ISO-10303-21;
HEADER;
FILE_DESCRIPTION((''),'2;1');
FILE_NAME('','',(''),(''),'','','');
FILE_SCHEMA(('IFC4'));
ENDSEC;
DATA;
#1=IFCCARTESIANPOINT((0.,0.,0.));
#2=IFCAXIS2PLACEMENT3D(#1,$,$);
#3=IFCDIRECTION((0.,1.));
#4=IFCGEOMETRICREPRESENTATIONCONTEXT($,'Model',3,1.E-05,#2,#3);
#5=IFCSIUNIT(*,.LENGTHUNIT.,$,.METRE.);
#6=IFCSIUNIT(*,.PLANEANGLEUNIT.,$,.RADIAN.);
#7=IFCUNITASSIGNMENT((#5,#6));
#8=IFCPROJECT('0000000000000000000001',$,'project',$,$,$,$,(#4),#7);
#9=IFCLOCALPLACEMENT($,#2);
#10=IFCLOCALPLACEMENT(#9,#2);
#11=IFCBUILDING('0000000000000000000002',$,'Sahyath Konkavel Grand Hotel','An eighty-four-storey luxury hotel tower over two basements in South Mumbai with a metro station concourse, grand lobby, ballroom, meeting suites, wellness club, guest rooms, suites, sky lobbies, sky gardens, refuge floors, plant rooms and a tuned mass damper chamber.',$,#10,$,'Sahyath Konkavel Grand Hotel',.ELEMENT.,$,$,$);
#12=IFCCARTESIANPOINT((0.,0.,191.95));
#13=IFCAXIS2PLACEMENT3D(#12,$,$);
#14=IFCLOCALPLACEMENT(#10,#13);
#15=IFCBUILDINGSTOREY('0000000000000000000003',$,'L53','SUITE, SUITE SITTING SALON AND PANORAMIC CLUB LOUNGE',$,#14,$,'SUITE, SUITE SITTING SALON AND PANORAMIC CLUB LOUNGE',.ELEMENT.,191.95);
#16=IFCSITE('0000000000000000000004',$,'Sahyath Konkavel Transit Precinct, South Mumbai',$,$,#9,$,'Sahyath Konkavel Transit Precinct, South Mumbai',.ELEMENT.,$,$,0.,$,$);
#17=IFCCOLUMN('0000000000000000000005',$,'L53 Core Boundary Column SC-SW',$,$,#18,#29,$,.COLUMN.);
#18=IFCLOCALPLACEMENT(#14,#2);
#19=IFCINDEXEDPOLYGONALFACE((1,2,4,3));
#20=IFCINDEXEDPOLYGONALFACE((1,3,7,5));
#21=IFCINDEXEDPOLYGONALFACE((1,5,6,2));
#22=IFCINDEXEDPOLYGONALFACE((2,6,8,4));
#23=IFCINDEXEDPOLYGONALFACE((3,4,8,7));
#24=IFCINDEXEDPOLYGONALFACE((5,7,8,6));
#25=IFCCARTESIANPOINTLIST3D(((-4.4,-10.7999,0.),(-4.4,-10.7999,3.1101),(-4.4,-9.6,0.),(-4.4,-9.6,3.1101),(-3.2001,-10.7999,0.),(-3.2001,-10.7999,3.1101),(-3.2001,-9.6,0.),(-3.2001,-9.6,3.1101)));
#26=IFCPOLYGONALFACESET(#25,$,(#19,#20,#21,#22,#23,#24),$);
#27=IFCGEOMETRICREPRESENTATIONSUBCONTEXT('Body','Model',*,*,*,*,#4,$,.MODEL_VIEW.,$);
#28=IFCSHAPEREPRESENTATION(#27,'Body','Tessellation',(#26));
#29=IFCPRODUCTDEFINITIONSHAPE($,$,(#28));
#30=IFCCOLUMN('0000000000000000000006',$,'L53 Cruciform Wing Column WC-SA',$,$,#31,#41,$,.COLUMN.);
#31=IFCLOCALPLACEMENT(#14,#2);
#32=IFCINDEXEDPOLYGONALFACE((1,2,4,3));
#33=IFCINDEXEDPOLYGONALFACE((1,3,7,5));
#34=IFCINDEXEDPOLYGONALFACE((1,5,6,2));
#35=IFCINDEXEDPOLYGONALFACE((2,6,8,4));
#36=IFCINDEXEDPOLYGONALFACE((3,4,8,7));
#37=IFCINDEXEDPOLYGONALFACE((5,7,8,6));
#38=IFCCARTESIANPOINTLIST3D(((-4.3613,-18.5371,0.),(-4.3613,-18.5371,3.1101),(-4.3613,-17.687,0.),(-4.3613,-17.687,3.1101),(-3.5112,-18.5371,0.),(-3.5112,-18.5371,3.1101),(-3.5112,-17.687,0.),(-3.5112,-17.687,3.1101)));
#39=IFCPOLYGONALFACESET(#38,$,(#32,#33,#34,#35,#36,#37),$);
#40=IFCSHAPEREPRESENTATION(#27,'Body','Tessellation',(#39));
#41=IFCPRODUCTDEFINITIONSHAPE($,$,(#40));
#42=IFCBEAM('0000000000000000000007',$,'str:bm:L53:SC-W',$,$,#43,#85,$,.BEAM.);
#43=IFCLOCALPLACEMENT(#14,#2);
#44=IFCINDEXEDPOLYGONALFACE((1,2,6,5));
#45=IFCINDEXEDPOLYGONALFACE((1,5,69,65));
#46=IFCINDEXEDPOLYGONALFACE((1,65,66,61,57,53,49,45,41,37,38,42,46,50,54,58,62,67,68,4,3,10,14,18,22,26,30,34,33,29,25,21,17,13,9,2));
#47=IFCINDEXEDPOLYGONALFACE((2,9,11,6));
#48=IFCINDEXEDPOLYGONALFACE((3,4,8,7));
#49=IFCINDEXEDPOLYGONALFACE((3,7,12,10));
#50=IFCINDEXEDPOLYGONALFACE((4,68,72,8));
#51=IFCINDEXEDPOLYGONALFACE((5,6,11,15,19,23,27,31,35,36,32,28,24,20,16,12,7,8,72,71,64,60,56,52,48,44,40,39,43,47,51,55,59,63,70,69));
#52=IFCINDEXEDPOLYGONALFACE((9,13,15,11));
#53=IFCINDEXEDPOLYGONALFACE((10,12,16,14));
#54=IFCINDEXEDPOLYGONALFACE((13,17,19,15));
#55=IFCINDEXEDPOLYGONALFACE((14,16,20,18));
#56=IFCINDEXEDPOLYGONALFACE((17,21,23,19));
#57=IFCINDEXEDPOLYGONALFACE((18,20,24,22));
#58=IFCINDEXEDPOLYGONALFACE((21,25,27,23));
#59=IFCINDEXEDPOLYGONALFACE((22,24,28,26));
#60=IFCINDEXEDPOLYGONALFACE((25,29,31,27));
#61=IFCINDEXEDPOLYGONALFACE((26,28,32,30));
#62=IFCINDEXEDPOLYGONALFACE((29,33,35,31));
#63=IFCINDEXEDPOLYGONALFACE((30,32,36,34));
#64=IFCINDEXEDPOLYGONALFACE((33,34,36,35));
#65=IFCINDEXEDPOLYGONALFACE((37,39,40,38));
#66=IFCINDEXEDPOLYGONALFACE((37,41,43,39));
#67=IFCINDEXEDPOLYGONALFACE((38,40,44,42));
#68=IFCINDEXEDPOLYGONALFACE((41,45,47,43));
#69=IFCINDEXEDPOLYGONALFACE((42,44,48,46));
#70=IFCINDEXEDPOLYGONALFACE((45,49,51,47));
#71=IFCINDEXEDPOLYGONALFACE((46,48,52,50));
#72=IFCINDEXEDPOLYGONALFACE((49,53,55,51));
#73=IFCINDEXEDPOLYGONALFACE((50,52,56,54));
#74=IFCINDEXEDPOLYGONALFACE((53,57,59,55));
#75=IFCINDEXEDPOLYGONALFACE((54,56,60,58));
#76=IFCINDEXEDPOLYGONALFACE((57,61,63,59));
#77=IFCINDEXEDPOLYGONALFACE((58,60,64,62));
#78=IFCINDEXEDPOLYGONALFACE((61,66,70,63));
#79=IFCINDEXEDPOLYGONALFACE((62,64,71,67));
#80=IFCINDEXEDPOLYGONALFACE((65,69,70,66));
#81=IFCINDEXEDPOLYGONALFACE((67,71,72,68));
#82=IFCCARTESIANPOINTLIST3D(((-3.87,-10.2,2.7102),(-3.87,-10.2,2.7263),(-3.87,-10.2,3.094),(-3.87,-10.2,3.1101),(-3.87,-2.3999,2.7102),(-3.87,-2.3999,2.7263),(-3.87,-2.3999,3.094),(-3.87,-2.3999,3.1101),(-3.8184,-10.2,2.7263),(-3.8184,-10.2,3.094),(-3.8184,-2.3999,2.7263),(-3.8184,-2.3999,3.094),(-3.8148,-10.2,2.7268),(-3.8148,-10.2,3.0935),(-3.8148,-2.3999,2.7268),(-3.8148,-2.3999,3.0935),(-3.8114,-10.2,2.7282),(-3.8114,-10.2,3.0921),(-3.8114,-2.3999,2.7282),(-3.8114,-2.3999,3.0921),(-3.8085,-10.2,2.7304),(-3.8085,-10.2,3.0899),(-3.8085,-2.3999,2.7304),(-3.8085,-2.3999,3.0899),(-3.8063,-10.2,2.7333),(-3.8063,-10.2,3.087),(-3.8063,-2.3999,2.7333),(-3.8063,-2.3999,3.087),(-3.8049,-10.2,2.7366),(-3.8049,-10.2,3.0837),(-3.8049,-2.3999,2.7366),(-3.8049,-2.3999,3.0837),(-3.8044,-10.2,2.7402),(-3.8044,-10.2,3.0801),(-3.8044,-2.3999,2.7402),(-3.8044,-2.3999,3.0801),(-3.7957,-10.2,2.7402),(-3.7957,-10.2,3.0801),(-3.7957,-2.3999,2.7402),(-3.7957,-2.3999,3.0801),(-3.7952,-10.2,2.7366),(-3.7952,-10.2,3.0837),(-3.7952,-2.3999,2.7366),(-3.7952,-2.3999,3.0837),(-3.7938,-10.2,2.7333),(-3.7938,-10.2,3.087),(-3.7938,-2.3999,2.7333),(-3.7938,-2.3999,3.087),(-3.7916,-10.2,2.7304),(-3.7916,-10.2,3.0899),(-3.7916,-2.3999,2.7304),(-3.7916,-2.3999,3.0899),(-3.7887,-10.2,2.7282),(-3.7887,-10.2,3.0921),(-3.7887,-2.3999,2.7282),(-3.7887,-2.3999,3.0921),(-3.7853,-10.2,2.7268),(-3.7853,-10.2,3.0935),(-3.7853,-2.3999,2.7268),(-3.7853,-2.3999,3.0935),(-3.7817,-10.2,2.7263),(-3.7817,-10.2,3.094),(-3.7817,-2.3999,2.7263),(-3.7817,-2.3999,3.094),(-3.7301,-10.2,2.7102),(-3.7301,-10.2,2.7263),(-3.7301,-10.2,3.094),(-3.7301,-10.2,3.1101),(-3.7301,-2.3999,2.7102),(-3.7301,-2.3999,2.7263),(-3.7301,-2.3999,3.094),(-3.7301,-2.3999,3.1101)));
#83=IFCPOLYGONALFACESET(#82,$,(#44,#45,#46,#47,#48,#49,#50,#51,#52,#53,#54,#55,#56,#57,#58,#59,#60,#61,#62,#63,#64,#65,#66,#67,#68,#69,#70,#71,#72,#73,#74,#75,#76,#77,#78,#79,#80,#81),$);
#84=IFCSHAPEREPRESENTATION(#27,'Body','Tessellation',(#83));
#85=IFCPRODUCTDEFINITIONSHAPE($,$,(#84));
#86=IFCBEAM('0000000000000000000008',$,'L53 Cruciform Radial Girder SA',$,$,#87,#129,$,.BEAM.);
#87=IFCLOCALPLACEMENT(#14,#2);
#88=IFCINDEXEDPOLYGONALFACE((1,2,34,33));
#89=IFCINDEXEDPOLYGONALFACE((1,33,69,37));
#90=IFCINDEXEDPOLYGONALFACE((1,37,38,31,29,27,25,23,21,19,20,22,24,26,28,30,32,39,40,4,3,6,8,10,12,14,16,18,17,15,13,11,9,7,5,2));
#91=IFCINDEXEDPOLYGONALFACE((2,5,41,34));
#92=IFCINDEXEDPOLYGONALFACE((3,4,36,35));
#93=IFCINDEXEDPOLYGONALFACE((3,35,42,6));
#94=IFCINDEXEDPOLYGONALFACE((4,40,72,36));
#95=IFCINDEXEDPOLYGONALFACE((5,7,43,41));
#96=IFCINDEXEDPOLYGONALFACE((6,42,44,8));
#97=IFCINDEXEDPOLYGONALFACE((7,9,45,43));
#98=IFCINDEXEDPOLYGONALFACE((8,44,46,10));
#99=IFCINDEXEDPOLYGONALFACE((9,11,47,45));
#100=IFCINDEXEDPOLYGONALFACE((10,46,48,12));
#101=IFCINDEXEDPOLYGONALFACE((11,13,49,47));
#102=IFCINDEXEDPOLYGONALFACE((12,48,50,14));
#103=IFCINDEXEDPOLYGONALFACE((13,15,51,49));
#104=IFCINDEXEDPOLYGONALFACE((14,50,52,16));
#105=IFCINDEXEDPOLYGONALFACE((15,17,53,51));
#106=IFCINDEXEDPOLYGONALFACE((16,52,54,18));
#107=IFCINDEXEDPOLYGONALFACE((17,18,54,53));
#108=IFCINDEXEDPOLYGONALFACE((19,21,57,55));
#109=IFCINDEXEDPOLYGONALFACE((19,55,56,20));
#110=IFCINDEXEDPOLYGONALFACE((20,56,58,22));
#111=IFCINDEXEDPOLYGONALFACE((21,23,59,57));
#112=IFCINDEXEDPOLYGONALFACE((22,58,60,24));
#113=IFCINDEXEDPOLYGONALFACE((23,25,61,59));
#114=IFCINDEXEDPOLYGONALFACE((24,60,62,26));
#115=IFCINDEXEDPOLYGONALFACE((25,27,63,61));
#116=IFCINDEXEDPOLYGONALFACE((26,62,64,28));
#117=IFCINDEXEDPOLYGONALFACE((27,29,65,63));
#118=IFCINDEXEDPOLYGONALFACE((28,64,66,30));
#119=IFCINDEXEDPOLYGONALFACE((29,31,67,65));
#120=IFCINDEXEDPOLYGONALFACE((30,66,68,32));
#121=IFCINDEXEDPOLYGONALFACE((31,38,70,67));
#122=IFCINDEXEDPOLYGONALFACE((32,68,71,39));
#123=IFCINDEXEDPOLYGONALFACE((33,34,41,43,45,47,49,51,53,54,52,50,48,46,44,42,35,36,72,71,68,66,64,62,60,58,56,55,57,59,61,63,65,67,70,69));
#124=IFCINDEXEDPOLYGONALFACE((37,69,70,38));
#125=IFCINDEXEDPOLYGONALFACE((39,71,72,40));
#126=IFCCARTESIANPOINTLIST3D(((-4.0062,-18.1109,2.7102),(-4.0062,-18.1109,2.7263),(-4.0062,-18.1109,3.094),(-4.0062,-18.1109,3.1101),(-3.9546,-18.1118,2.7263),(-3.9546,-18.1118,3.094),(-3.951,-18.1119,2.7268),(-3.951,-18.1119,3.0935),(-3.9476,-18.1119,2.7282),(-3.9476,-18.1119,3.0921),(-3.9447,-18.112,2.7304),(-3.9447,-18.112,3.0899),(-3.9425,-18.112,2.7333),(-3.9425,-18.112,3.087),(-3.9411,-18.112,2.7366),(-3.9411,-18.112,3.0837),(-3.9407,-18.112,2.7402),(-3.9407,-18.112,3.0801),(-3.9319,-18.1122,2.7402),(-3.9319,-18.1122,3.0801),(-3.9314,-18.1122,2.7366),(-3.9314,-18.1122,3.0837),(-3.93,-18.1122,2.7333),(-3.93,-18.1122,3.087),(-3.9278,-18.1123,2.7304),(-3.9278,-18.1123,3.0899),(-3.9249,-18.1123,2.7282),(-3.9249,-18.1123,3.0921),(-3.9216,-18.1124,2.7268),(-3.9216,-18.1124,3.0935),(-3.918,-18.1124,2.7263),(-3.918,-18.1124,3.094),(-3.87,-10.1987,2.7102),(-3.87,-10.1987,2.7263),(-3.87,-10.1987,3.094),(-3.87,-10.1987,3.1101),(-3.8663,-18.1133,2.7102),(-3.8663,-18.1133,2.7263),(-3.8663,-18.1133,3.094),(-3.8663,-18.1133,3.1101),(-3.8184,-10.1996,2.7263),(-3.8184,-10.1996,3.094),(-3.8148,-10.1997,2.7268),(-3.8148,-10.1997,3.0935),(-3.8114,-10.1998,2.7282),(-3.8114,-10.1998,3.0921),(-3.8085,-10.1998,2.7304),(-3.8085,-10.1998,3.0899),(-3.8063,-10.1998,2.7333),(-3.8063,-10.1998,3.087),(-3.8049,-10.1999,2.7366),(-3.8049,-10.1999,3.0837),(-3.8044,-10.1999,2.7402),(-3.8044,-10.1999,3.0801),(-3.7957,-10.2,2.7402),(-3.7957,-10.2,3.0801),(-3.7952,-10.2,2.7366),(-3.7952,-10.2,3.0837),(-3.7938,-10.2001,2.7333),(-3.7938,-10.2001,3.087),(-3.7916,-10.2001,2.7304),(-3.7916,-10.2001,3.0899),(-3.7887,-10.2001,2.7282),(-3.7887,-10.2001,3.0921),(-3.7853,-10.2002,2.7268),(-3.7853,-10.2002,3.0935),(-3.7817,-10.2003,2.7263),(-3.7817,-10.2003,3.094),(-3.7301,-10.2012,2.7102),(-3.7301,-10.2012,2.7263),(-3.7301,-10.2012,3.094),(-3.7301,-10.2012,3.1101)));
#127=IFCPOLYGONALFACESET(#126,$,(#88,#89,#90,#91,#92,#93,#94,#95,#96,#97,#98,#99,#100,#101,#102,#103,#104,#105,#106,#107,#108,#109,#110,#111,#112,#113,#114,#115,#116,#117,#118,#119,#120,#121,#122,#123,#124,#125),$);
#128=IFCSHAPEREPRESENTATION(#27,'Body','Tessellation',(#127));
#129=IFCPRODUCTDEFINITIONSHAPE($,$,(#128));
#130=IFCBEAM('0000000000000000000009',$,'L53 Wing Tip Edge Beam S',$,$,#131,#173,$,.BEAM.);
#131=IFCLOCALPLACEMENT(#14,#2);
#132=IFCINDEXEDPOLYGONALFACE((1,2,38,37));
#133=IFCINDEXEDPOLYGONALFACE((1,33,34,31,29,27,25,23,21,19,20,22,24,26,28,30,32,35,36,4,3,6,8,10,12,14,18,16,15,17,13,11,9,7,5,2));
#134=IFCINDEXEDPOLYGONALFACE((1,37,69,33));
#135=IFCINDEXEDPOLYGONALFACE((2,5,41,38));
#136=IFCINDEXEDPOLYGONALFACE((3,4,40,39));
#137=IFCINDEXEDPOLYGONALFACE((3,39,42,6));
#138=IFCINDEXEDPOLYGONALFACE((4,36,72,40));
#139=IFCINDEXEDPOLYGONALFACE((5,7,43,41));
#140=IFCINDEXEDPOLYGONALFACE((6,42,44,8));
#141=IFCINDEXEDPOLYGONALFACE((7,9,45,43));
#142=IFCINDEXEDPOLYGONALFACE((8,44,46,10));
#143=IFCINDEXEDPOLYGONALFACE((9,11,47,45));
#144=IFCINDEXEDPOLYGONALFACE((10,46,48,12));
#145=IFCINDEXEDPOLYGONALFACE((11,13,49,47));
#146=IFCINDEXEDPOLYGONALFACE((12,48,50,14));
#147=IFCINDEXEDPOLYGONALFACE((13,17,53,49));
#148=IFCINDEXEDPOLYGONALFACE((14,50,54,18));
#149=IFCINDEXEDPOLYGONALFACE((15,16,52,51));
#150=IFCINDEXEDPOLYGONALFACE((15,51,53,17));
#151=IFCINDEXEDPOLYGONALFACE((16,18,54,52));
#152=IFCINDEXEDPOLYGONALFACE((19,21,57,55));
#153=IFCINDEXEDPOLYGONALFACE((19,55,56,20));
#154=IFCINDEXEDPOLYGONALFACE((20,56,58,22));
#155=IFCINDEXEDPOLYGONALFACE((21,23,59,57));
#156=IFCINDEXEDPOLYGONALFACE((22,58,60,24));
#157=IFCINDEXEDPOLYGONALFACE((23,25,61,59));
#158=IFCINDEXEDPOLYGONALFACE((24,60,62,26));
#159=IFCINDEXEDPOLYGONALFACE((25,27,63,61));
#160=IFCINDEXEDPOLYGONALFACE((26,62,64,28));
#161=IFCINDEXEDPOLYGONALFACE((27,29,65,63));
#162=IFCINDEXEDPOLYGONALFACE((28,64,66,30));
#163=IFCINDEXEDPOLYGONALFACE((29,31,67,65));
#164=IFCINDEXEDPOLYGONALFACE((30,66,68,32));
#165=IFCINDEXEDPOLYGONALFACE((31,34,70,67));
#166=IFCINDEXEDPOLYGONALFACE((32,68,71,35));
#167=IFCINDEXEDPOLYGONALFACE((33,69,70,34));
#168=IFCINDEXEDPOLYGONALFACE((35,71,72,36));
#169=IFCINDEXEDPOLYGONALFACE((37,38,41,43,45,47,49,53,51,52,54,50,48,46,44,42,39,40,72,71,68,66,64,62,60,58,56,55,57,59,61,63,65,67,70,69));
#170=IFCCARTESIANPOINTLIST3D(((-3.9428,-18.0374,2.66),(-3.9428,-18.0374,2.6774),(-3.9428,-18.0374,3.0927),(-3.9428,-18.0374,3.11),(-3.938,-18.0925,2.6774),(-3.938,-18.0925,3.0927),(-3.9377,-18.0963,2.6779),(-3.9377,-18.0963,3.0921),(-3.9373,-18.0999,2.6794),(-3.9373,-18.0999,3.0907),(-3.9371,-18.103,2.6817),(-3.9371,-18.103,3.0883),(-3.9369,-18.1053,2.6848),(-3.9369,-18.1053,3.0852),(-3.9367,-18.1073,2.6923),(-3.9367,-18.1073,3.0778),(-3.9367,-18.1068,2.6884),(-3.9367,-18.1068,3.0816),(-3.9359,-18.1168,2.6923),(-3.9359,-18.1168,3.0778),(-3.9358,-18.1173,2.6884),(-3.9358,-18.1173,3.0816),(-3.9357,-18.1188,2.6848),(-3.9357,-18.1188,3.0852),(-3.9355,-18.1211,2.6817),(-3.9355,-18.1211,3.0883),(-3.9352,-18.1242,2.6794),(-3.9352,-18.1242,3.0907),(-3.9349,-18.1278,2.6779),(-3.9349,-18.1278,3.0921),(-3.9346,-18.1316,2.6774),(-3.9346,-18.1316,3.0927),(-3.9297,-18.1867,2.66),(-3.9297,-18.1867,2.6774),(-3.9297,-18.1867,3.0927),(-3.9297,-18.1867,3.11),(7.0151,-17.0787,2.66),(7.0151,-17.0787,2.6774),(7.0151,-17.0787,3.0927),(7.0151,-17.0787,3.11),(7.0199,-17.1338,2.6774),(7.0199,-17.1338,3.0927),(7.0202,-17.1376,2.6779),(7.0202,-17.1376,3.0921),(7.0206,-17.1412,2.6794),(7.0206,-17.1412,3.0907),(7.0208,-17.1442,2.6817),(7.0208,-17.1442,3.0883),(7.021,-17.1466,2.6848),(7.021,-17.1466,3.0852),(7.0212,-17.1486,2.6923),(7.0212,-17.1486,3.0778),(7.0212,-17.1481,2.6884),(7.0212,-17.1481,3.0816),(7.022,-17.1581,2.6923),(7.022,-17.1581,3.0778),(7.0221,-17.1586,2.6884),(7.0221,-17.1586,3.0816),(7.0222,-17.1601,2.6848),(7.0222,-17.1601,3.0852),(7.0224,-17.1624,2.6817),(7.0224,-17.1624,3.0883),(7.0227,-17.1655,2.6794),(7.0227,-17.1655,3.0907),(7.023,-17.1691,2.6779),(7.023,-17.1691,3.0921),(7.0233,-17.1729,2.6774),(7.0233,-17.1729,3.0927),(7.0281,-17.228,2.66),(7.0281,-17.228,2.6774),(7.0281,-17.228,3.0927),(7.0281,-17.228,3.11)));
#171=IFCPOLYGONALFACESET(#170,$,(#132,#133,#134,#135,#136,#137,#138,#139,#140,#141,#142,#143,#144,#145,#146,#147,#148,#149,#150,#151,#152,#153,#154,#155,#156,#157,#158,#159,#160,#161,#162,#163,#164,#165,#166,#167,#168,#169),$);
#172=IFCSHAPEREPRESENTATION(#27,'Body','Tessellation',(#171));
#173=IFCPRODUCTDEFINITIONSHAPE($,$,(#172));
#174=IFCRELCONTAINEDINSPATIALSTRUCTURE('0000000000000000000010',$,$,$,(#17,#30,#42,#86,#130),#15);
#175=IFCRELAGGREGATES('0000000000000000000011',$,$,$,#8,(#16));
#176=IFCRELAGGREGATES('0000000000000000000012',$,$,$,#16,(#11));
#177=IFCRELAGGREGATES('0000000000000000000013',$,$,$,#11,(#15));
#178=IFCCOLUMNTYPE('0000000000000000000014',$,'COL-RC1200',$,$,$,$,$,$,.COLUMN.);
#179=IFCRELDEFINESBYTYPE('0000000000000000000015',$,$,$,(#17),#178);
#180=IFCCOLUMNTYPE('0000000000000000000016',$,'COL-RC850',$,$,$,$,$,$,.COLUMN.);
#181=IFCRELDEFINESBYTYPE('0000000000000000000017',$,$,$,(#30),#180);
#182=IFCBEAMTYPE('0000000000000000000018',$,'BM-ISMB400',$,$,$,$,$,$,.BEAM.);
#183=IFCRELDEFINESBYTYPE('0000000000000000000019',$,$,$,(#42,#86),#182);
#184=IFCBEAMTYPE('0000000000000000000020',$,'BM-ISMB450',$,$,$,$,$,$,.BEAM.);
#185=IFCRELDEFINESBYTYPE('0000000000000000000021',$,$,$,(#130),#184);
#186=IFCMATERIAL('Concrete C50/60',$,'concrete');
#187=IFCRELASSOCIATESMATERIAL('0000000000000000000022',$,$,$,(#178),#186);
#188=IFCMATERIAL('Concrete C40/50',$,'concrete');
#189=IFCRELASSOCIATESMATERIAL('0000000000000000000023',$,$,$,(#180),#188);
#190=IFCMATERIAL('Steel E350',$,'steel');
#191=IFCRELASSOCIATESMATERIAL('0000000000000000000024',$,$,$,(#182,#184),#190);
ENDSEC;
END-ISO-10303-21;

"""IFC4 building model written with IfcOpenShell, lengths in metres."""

from ifc_helpers import new_model, si_unit, direction, frame, origin, origin_2d, place, context, subcontext, project, spatial, rectangle, i_section, extrude, source, transform, mapped, material, material_profile, profile_set, type_object, element, save


model = new_model("IFC4")

# Units and contexts
model_context = context("Model", 3, precision=1e-05, world=origin(), true_north=direction((0.0, 1.0)))
body_context = subcontext(model_context, "Body", "Model", "MODEL_VIEW")
ifc_project = project(units=[si_unit("LENGTHUNIT", "METRE"), si_unit("PLANEANGLEUNIT", "RADIAN")], contexts=[model_context])

# Site, building, storey
site_placement = place(None, origin())
site = spatial("IfcSite", under=ifc_project, at=site_placement, Name="Sahyath Konkavel Transit Precinct, South Mumbai", LongName="Sahyath Konkavel Transit Precinct, South Mumbai", CompositionType="ELEMENT", RefElevation=0.0)
building_placement = place(site_placement, origin())
building = spatial("IfcBuilding", under=site, at=building_placement, Name="Sahyath Konkavel Grand Hotel", Description="An eighty-four-storey luxury hotel tower over two basements in South Mumbai with a metro station concourse, grand lobby, ballroom, meeting suites, wellness club, guest rooms, suites, sky lobbies, sky gardens, refuge floors, plant rooms and a tuned mass damper chamber.", LongName="Sahyath Konkavel Grand Hotel", CompositionType="ELEMENT")
storey_placement = place(building_placement, frame((0.0, 0.0, 191.95)))
storey = spatial("IfcBuildingStorey", under=building, at=storey_placement, Name="L53", Description="SUITE, SUITE SITTING SALON AND PANORAMIC CLUB LOUNGE", LongName="SUITE, SUITE SITTING SALON AND PANORAMIC CLUB LOUNGE", CompositionType="ELEMENT", Elevation=191.95)

# Columns
ifc_material_1 = material(Name="Concrete C50/60", Category="concrete")
ifc_material_profile_1 = material_profile(ifc_material_1, rectangle(XDim=1.2, YDim=1.2, at=origin_2d()), Name="RC 1200x1200")
ifc_profile_set_1 = profile_set([ifc_material_profile_1], Name="Concrete C50/60")
column_type_1 = type_object("IfcColumnType", Name="COL-RC1200", PredefinedType="COLUMN", material=ifc_profile_set_1)
shared_shape_1 = source(origin(), body_context, "Body", "SweptSolid", [
    extrude(rectangle(XDim=1.2, YDim=1.2, at=origin_2d()), origin(), (0.0, 0.0, 1.0), 3.1101),
])
column_1_placement = place(storey_placement, frame((-3.8, -10.2, 0.0), z_axis=(0.0, 0.0, 1.0), x_axis=(1.0, 0.0, 0.0)))
element("IfcColumn", 1, at=column_1_placement, inside=storey, type_object=column_type_1, Name="L53 Core Boundary Column SC-SW", PredefinedType="COLUMN", context=body_context, shape_type="MappedRepresentation", body=[
    mapped(shared_shape_1, transform((0.0, 0.0, 0.0), scale=1.0)),
])
ifc_material_2 = material(Name="Concrete C40/50", Category="concrete")
ifc_material_profile_2 = material_profile(ifc_material_2, rectangle(XDim=0.8501, YDim=0.8501, at=origin_2d()), Name="RC 850x850")
ifc_profile_set_2 = profile_set([ifc_material_profile_2], Name="Concrete C40/50")
column_type_2 = type_object("IfcColumnType", Name="COL-RC850", PredefinedType="COLUMN", material=ifc_profile_set_2)
shared_shape_2 = source(origin(), body_context, "Body", "SweptSolid", [
    extrude(rectangle(XDim=0.8501, YDim=0.8501, at=origin_2d()), origin(), (0.0, 0.0, 1.0), 3.1101),
])
column_2_placement = place(storey_placement, frame((-3.9363, -18.1121, 0.0), z_axis=(0.0, 0.0, 1.0), x_axis=(1.0, 0.0, 0.0)))
element("IfcColumn", 2, at=column_2_placement, inside=storey, type_object=column_type_2, Name="L53 Cruciform Wing Column WC-SA", PredefinedType="COLUMN", context=body_context, shape_type="MappedRepresentation", body=[
    mapped(shared_shape_2, transform((0.0, 0.0, 0.0), scale=1.0)),
])

# Beams
ifc_material_3 = material(Name="Steel E350", Category="steel")
ifc_material_profile_3 = material_profile(ifc_material_3, i_section(OverallWidth=0.1399, OverallDepth=0.3999, WebThickness=0.0088, FlangeThickness=0.0161, FilletRadius=0.0139, at=origin_2d()), Name="ISMB 400")
ifc_profile_set_3 = profile_set([ifc_material_profile_3], Name="Steel E350")
beam_type_1 = type_object("IfcBeamType", Name="BM-ISMB400", PredefinedType="BEAM", material=ifc_profile_set_3)
shared_shape_3 = source(origin(), body_context, "Body", "SweptSolid", [
    extrude(i_section(OverallWidth=0.1399, OverallDepth=0.3999, WebThickness=0.0088, FlangeThickness=0.0161, FilletRadius=0.0139, at=origin_2d()), origin(), (0.0, 0.0, 1.0), 7.8),
])
beam_1_placement = place(storey_placement, frame((-3.8, -10.2, 2.9102), z_axis=(0.0, 1.0, 0.0), x_axis=(-1.0, 0.0, 0.0)))
element("IfcBeam", 3, at=beam_1_placement, inside=storey, type_object=beam_type_1, Name="str:bm:L53:SC-W", PredefinedType="BEAM", context=body_context, shape_type="MappedRepresentation", body=[
    mapped(shared_shape_3, transform((0.0, 0.0, 0.0), scale=1.0)),
])
shared_shape_4 = source(origin(), body_context, "Body", "SweptSolid", [
    extrude(i_section(OverallWidth=0.1399, OverallDepth=0.3999, WebThickness=0.0088, FlangeThickness=0.0161, FilletRadius=0.0139, at=origin_2d()), origin(), (0.0, 0.0, 1.0), 7.9133),
])
beam_2_placement = place(storey_placement, frame((-3.8, -10.2, 2.9102), z_axis=(-0.017215, -0.999852, 0.0), x_axis=(0.999852, -0.017215, 0.0)))
element("IfcBeam", 4, at=beam_2_placement, inside=storey, type_object=beam_type_1, Name="L53 Cruciform Radial Girder SA", PredefinedType="BEAM", context=body_context, shape_type="MappedRepresentation", body=[
    mapped(shared_shape_4, transform((0.0, 0.0, 0.0), scale=1.0)),
])
ifc_material_profile_4 = material_profile(ifc_material_3, i_section(OverallWidth=0.1499, OverallDepth=0.45, WebThickness=0.0095, FlangeThickness=0.0173, FilletRadius=0.0149, at=origin_2d()), Name="ISMB 450")
ifc_profile_set_4 = profile_set([ifc_material_profile_4], Name="Steel E350")
beam_type_2 = type_object("IfcBeamType", Name="BM-ISMB450", PredefinedType="BEAM", material=ifc_profile_set_4)
shared_shape_5 = source(origin(), body_context, "Body", "SweptSolid", [
    extrude(i_section(OverallWidth=0.1499, OverallDepth=0.45, WebThickness=0.0095, FlangeThickness=0.0173, FilletRadius=0.0149, at=origin_2d()), origin(), (0.0, 0.0, 1.0), 10.9998),
])
beam_3_placement = place(storey_placement, frame((-3.9363, -18.1121, 2.885), z_axis=(0.996194, 0.087159, 0.0), x_axis=(-0.087159, 0.996194, 0.0)))
element("IfcBeam", 5, at=beam_3_placement, inside=storey, type_object=beam_type_2, Name="L53 Wing Tip Edge Beam S", PredefinedType="BEAM", context=body_context, shape_type="MappedRepresentation", body=[
    mapped(shared_shape_5, transform((0.0, 0.0, 0.0), scale=1.0)),
])

save(model, "model.ifc")
